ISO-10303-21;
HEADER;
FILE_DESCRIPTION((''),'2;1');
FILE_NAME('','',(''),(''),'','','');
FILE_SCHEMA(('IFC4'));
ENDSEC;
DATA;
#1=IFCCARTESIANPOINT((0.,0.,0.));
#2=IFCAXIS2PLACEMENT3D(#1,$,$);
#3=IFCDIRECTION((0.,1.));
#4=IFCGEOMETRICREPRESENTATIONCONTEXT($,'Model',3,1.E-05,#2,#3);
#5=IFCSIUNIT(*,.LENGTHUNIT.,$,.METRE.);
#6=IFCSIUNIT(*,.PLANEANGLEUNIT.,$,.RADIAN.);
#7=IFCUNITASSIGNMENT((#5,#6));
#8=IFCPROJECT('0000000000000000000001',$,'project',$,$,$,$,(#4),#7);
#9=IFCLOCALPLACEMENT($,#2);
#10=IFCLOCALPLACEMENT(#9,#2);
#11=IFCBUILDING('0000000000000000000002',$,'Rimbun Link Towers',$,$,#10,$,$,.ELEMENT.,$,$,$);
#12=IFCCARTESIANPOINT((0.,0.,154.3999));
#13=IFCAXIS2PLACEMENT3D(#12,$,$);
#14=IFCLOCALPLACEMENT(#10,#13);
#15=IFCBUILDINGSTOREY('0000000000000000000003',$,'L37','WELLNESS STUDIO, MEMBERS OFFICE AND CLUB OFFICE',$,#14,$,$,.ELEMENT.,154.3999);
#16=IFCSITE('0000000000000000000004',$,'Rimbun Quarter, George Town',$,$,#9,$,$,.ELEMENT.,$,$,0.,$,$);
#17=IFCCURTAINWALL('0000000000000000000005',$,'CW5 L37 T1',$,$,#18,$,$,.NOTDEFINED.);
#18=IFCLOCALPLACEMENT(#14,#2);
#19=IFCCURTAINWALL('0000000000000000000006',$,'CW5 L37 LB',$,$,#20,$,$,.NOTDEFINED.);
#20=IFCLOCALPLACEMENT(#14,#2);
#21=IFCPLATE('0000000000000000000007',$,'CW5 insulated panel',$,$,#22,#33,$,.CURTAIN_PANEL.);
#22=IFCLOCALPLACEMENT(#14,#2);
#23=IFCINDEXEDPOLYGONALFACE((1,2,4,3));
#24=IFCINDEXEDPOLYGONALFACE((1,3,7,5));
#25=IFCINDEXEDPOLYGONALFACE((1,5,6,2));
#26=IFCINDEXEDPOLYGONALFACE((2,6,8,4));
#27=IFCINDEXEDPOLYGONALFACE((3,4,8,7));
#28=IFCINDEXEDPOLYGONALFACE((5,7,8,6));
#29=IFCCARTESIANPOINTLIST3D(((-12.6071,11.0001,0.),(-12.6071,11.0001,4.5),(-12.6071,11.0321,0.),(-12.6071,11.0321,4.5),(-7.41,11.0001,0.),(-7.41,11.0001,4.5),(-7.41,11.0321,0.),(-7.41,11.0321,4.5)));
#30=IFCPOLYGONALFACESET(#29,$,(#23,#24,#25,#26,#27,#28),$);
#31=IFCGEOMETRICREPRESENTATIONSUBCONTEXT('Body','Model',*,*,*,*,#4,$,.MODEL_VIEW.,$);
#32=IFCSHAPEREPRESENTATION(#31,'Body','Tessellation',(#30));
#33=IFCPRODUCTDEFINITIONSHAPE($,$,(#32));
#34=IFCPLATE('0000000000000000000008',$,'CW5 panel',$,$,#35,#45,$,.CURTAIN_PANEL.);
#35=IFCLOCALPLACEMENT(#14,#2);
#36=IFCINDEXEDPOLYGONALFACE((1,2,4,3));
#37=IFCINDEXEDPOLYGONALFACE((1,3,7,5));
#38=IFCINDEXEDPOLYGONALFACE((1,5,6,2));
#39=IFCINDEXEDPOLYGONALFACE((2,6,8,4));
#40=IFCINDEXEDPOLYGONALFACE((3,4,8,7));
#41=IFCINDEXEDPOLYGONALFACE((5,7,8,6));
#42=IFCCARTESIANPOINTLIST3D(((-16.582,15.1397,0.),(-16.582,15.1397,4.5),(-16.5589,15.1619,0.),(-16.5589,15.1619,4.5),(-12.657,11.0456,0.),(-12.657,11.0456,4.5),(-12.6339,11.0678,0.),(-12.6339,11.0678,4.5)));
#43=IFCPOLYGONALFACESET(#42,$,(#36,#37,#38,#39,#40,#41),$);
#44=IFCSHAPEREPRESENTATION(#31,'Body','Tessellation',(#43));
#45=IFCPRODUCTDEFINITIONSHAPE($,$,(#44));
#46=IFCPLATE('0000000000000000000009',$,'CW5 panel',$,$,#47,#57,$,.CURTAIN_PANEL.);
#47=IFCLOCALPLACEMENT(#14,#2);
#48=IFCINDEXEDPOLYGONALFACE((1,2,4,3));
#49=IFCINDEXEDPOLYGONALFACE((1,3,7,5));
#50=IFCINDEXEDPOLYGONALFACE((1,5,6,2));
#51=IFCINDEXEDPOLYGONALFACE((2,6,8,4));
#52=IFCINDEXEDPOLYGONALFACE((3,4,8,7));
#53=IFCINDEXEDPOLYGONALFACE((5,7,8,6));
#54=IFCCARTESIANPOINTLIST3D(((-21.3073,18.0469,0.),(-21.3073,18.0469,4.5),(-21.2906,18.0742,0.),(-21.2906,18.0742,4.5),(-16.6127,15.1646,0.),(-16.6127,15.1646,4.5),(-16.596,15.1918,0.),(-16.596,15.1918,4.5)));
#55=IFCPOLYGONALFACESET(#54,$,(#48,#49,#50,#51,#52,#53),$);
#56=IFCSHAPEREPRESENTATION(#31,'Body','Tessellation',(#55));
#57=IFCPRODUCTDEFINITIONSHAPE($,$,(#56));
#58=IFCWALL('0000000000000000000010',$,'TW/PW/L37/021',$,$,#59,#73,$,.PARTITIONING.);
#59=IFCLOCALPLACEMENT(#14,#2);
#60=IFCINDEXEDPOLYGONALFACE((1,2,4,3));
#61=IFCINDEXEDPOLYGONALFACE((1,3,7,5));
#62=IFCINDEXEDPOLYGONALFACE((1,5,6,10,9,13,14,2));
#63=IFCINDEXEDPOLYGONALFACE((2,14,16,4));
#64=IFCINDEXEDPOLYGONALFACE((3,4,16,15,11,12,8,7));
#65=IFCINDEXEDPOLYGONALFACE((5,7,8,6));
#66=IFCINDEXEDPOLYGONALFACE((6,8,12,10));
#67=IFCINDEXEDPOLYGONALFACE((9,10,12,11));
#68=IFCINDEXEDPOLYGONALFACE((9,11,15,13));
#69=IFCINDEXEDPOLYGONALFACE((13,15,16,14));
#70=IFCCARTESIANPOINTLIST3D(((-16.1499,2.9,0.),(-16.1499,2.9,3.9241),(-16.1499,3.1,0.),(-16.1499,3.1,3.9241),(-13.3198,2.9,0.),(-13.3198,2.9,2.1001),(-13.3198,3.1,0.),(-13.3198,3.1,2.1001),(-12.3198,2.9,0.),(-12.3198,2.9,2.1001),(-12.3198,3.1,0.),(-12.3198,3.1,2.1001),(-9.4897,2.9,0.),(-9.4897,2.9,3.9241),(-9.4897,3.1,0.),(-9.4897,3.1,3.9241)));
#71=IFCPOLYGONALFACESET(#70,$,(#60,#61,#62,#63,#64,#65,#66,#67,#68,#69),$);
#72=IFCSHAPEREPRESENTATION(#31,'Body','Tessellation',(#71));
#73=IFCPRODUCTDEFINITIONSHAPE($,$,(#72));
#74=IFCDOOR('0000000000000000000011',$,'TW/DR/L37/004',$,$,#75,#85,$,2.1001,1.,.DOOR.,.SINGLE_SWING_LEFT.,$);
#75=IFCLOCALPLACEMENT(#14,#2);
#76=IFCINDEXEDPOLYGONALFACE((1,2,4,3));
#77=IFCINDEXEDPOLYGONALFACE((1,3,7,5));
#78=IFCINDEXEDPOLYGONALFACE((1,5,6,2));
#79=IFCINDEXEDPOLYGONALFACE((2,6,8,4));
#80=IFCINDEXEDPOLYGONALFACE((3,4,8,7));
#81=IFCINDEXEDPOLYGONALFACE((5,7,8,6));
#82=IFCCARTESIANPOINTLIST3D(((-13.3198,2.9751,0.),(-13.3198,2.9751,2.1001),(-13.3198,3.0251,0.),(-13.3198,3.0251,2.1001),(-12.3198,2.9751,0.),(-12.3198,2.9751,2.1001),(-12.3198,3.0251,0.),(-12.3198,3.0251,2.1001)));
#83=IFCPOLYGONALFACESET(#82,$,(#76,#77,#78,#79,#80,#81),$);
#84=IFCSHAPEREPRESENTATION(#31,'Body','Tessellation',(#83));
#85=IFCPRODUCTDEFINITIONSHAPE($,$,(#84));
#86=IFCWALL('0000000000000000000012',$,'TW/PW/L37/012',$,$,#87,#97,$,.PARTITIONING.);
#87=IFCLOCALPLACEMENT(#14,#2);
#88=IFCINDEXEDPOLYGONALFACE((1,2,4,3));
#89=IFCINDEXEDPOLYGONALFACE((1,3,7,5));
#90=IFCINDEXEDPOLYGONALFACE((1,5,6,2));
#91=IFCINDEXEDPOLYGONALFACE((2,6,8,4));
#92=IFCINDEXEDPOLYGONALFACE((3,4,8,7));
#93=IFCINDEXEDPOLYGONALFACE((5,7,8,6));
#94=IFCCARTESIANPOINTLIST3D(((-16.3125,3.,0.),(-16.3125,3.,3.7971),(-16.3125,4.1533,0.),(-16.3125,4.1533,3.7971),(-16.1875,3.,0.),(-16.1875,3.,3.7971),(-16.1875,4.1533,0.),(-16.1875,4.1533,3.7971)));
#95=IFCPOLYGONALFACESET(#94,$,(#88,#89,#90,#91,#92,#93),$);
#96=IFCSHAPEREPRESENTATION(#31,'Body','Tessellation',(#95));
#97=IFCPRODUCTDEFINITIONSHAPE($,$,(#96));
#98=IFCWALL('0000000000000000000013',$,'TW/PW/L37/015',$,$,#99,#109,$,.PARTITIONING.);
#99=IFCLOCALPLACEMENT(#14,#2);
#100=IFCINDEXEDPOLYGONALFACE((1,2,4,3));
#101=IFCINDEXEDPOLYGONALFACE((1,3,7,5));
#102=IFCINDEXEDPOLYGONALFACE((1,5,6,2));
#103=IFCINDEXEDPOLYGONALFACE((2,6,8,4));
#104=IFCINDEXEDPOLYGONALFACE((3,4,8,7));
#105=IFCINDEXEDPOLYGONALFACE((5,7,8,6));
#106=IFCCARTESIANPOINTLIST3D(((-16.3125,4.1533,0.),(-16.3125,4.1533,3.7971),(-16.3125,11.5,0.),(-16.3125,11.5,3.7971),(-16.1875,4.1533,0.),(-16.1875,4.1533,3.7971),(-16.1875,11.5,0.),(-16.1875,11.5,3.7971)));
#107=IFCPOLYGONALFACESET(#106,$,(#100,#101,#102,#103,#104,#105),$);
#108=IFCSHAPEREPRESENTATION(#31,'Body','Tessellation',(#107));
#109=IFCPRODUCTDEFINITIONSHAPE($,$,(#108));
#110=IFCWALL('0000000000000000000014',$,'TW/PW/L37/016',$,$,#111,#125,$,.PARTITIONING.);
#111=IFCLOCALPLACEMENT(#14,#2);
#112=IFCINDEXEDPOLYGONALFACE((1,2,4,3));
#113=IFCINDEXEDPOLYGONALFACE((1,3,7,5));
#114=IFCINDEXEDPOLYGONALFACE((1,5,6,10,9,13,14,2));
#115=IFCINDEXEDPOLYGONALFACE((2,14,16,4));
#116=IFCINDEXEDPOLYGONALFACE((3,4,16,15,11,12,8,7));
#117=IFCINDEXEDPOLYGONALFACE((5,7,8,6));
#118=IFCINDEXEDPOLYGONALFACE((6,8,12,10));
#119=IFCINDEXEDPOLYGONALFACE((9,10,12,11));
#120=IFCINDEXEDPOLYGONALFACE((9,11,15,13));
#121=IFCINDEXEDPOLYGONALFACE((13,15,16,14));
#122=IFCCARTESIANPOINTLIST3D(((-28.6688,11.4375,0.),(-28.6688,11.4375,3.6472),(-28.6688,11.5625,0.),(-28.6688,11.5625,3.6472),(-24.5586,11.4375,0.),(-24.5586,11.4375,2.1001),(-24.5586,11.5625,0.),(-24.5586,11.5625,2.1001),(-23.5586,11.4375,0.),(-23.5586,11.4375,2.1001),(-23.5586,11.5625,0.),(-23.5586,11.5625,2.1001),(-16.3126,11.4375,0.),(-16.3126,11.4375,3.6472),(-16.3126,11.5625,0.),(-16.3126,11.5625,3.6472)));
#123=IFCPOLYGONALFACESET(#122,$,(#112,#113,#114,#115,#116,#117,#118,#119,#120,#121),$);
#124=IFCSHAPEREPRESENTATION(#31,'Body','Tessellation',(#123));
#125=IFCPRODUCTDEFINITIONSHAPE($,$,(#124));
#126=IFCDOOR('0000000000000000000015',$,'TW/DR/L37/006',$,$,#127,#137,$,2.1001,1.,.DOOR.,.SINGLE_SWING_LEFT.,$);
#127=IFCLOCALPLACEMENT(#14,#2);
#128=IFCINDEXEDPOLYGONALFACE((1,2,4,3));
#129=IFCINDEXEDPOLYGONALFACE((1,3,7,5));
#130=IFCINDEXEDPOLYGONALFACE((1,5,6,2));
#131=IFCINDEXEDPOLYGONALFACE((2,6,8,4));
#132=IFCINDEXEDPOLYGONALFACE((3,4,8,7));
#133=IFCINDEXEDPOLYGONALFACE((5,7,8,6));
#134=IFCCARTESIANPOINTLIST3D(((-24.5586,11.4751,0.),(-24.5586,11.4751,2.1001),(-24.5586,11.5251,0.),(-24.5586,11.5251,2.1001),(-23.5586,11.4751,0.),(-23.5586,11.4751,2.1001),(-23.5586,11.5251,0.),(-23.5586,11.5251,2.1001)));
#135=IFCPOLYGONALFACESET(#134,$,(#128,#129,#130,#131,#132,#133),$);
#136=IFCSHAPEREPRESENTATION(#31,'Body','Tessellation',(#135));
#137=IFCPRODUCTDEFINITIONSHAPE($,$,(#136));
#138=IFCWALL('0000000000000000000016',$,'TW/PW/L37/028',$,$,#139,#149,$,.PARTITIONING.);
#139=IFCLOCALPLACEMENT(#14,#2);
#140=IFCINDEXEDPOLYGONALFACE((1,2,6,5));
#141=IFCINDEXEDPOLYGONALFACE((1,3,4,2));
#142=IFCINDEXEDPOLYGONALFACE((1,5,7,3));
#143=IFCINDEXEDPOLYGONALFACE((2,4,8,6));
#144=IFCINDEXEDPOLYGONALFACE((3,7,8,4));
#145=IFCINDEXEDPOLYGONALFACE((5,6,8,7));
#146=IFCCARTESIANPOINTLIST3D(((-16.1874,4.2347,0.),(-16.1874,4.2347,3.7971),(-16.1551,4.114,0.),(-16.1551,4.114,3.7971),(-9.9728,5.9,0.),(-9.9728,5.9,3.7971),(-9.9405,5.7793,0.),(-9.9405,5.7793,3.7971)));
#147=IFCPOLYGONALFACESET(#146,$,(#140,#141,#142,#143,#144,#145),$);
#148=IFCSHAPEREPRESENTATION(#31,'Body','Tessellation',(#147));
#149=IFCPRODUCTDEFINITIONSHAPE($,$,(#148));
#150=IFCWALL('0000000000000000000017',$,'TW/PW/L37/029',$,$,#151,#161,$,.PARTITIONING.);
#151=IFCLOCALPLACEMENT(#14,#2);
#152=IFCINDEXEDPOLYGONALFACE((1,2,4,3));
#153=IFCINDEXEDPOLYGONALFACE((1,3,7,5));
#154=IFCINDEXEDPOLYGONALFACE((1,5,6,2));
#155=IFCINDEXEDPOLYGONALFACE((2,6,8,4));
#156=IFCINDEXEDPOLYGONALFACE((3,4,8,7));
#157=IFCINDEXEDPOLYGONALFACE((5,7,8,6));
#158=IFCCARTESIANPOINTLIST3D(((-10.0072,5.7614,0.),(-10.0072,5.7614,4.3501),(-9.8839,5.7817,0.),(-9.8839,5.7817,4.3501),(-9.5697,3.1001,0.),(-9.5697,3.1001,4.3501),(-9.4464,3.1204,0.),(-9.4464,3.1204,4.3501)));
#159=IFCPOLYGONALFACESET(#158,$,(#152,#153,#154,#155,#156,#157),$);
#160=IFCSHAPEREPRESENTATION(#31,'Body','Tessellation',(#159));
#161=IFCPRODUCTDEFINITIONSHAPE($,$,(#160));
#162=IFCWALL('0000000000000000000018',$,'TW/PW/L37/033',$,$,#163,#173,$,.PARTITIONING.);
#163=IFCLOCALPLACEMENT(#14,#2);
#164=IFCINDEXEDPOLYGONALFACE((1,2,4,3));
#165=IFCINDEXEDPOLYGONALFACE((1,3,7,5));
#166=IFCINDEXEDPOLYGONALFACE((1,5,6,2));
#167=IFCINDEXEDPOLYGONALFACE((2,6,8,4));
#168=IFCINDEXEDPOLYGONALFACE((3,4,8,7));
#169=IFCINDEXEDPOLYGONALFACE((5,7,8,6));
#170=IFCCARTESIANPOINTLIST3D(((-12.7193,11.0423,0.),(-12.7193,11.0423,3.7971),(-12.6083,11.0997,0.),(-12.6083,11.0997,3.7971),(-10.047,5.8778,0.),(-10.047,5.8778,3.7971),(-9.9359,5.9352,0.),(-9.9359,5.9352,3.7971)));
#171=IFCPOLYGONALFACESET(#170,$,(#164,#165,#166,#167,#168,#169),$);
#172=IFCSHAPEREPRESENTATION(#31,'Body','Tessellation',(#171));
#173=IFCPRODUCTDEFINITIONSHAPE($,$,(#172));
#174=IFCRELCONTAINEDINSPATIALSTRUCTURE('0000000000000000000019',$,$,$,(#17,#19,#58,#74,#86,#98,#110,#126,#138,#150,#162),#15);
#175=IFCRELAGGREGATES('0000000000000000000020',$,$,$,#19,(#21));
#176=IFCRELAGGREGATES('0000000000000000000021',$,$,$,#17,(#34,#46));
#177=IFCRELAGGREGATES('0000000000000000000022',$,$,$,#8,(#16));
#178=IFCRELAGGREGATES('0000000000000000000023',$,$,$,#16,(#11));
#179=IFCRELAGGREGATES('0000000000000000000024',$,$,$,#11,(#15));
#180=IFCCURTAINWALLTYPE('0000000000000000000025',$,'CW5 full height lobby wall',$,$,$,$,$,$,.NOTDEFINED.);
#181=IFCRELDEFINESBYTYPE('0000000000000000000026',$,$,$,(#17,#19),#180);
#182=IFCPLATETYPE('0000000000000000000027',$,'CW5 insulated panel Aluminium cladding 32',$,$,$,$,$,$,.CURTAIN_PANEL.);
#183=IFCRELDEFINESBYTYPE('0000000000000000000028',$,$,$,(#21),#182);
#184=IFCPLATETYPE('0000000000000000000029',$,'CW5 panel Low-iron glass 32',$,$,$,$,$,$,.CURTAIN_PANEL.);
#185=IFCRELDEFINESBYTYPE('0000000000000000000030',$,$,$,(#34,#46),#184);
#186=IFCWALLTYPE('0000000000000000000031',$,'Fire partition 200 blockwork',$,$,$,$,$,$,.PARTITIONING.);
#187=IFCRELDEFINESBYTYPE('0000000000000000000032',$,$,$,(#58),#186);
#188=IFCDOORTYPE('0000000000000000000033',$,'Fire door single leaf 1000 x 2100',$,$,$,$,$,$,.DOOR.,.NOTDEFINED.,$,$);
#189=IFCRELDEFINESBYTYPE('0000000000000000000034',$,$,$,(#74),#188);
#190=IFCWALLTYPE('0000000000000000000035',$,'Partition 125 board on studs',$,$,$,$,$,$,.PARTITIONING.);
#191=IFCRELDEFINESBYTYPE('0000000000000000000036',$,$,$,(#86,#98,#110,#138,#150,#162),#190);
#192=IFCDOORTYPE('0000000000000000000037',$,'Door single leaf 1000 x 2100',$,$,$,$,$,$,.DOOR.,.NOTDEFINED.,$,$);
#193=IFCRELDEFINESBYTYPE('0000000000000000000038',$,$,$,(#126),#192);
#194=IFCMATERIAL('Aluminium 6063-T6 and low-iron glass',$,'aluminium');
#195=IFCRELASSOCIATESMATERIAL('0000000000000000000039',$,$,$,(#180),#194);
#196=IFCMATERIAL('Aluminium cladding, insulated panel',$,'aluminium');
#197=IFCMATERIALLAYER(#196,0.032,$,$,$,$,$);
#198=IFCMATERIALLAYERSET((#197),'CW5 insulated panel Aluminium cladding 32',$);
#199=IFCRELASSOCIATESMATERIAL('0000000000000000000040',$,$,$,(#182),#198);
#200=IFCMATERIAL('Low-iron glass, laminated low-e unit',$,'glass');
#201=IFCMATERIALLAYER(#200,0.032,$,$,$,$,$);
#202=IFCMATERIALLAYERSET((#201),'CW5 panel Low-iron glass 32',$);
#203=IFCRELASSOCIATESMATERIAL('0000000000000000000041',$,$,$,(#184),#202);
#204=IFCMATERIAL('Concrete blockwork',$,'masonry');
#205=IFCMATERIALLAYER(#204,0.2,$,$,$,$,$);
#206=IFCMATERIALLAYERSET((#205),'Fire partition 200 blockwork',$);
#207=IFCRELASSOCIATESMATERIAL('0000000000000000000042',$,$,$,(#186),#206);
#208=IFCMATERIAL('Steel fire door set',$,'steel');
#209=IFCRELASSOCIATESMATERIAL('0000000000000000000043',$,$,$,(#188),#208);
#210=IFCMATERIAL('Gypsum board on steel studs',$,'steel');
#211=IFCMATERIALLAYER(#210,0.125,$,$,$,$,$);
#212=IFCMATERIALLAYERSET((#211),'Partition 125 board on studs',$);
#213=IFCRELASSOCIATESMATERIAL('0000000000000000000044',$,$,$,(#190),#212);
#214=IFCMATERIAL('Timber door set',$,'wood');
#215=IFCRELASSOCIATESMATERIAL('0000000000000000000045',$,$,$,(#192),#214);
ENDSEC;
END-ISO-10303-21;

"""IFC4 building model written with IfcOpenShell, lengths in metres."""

from ifc_helpers import new_model, si_unit, direction, frame, frame_2d, origin, origin_2d, place, context, subcontext, project, spatial, rectangle, extrude, material, layer, layer_set, type_object, element, fill, aggregate, save


model = new_model("IFC4")

# Units and contexts
model_context = context("Model", 3, precision=1e-05, world=origin(), true_north=direction((0.0, 1.0)))
body_context = subcontext(model_context, "Body", "Model", "MODEL_VIEW")
ifc_project = project(units=[si_unit("LENGTHUNIT", "METRE"), si_unit("PLANEANGLEUNIT", "RADIAN")], contexts=[model_context])

# Site, building, storey
site_placement = place(None, origin())
site = spatial("IfcSite", under=ifc_project, at=site_placement, Name="Rimbun Quarter, George Town", CompositionType="ELEMENT", RefElevation=0.0)
building_placement = place(site_placement, origin())
building = spatial("IfcBuilding", under=site, at=building_placement, Name="Rimbun Link Towers", CompositionType="ELEMENT")
storey_placement = place(building_placement, frame((0.0, 0.0, 154.3999)))
storey = spatial("IfcBuildingStorey", under=building, at=storey_placement, Name="L37", Description="WELLNESS STUDIO, MEMBERS OFFICE AND CLUB OFFICE", CompositionType="ELEMENT", Elevation=154.3999)

# Curtain walls
ifc_material_1 = material(Name="Aluminium 6063-T6 and low-iron glass", Category="aluminium")
curtain_wall_type = type_object("IfcCurtainWallType", Name="CW5 full height lobby wall", PredefinedType="NOTDEFINED", material=ifc_material_1)
curtain_wall_1_placement = place(storey_placement, origin())
curtain_wall_1 = element("IfcCurtainWall", 1, at=curtain_wall_1_placement, inside=storey, type_object=curtain_wall_type, Name="CW5 L37 T1", PredefinedType="NOTDEFINED")
curtain_wall_2_placement = place(storey_placement, origin())
curtain_wall_2 = element("IfcCurtainWall", 2, at=curtain_wall_2_placement, inside=storey, type_object=curtain_wall_type, Name="CW5 L37 LB", PredefinedType="NOTDEFINED")

# Plates
ifc_material_2 = material(Name="Aluminium cladding, insulated panel", Category="aluminium")
ifc_layer_1 = layer(ifc_material_2, 0.032)
ifc_layer_set_1 = layer_set([ifc_layer_1], Name="CW5 insulated panel Aluminium cladding 32")
plate_type_1 = type_object("IfcPlateType", Name="CW5 insulated panel Aluminium cladding 32", PredefinedType="CURTAIN_PANEL", material=ifc_layer_set_1)
plate_1_placement = place(storey_placement, frame((-10.0085, 11.0161, 0.0), z_axis=(0.0, 0.0, 1.0), x_axis=(1.0, 0.0, 0.0)))
plate_1 = element("IfcPlate", 3, at=plate_1_placement, type_object=plate_type_1, Name="CW5 insulated panel", PredefinedType="CURTAIN_PANEL", context=body_context, shape_type="SweptSolid", body=[
    extrude(rectangle(XDim=5.197, YDim=0.032, at=origin_2d()), origin(), (0.0, 0.0, 1.0), 4.5),
])
aggregate(curtain_wall_2, [plate_1])
ifc_material_3 = material(Name="Low-iron glass, laminated low-e unit", Category="glass")
ifc_layer_2 = layer(ifc_material_3, 0.032)
ifc_layer_set_2 = layer_set([ifc_layer_2], Name="CW5 panel Low-iron glass 32")
plate_type_2 = type_object("IfcPlateType", Name="CW5 panel Low-iron glass 32", PredefinedType="CURTAIN_PANEL", material=ifc_layer_set_2)
plate_2_placement = place(storey_placement, frame((-14.6079, 13.1038, 0.0), z_axis=(0.0, 0.0, 1.0), x_axis=(0.692041, -0.721858, 0.0)))
plate_2 = element("IfcPlate", 4, at=plate_2_placement, type_object=plate_type_2, Name="CW5 panel", PredefinedType="CURTAIN_PANEL", context=body_context, shape_type="SweptSolid", body=[
    extrude(rectangle(XDim=5.6716, YDim=0.032, at=origin_2d()), origin(), (0.0, 0.0, 1.0), 4.5),
])
plate_3_placement = place(storey_placement, frame((-18.9517, 16.6194, 0.0), z_axis=(0.0, 0.0, 1.0), x_axis=(0.852194, -0.523225, 0.0)))
plate_3 = element("IfcPlate", 5, at=plate_3_placement, type_object=plate_type_2, Name="CW5 panel", PredefinedType="CURTAIN_PANEL", context=body_context, shape_type="SweptSolid", body=[
    extrude(rectangle(XDim=5.5088, YDim=0.032, at=origin_2d()), origin(), (0.0, 0.0, 1.0), 4.5),
])
aggregate(curtain_wall_1, [plate_2, plate_3])

# Wall, opening, door
ifc_material_4 = material(Name="Concrete blockwork", Category="masonry")
ifc_layer_3 = layer(ifc_material_4, 0.2)
ifc_layer_set_3 = layer_set([ifc_layer_3], Name="Fire partition 200 blockwork")
wall_type_1 = type_object("IfcWallType", Name="Fire partition 200 blockwork", PredefinedType="PARTITIONING", material=ifc_layer_set_3)
wall_1_placement = place(storey_placement, frame((-9.4897, 3.0, 0.0), z_axis=(0.0, 0.0, 1.0), x_axis=(-1.0, 0.0, 0.0)))
wall_1 = element("IfcWall", 6, at=wall_1_placement, inside=storey, type_object=wall_type_1, Name="TW/PW/L37/021", PredefinedType="PARTITIONING", context=body_context, shape_type="SweptSolid", body=[
    extrude(rectangle(XDim=6.6602, YDim=0.2, at=frame_2d((3.3301, 0.0))), origin(), (0.0, 0.0, 1.0), 3.9241),
])
opening_1_placement = place(wall_1_placement, frame((2.8301, 0.0, 0.0)))
opening_1 = element("IfcOpeningElement", 7, at=opening_1_placement, cuts=wall_1, PredefinedType="OPENING", context=body_context, shape_type="SweptSolid", body=[
    extrude(rectangle(XDim=1.0, YDim=2.1001, at=frame_2d((0.5, 1.05))), frame((0.0, 0.1099, 0.0), z_axis=(0.0, -1.0, 0.0), x_axis=(1.0, 0.0, 0.0)), (0.0, 0.0, 1.0), 0.22),
])
ifc_material_5 = material(Name="Steel fire door set", Category="steel")
door_type_1 = type_object("IfcDoorType", Name="Fire door single leaf 1000 x 2100", OperationType="NOTDEFINED", PredefinedType="DOOR", material=ifc_material_5)
door_1_placement = place(opening_1_placement, origin())
door_1 = element("IfcDoor", 8, at=door_1_placement, inside=storey, type_object=door_type_1, Name="TW/DR/L37/004", OperationType="SINGLE_SWING_LEFT", OverallHeight=2.1001, OverallWidth=1.0, PredefinedType="DOOR", context=body_context, shape_type="SweptSolid", body=[
    extrude(rectangle(XDim=1.0, YDim=2.1001, at=frame_2d((0.5, 1.05))), frame((0.0, 0.0249, 0.0), z_axis=(0.0, -1.0, 0.0), x_axis=(1.0, 0.0, 0.0)), (0.0, 0.0, 1.0), 0.05),
])
fill(opening_1, door_1)

# Walls
ifc_material_6 = material(Name="Gypsum board on steel studs", Category="steel")
ifc_layer_4 = layer(ifc_material_6, 0.125)
ifc_layer_set_4 = layer_set([ifc_layer_4], Name="Partition 125 board on studs")
wall_type_2 = type_object("IfcWallType", Name="Partition 125 board on studs", PredefinedType="PARTITIONING", material=ifc_layer_set_4)
wall_2_placement = place(storey_placement, frame((-16.25, 3.0, 0.0), z_axis=(0.0, 0.0, 1.0), x_axis=(0.0, 1.0, 0.0)))
element("IfcWall", 9, at=wall_2_placement, inside=storey, type_object=wall_type_2, Name="TW/PW/L37/012", PredefinedType="PARTITIONING", context=body_context, shape_type="SweptSolid", body=[
    extrude(rectangle(XDim=1.1533, YDim=0.125, at=frame_2d((0.5767, 0.0))), origin(), (0.0, 0.0, 1.0), 3.7971),
])
wall_3_placement = place(storey_placement, frame((-16.25, 4.1533, 0.0), z_axis=(0.0, 0.0, 1.0), x_axis=(0.0, 1.0, 0.0)))
element("IfcWall", 10, at=wall_3_placement, inside=storey, type_object=wall_type_2, Name="TW/PW/L37/015", PredefinedType="PARTITIONING", context=body_context, shape_type="SweptSolid", body=[
    extrude(rectangle(XDim=7.3467, YDim=0.125, at=frame_2d((3.6733, 0.0))), origin(), (0.0, 0.0, 1.0), 3.7971),
])

# Wall, opening, door
wall_4_placement = place(storey_placement, frame((-16.3125, 11.5, 0.0), z_axis=(0.0, 0.0, 1.0), x_axis=(-1.0, 0.0, 0.0)))
wall_4 = element("IfcWall", 11, at=wall_4_placement, inside=storey, type_object=wall_type_2, Name="TW/PW/L37/016", PredefinedType="PARTITIONING", context=body_context, shape_type="SweptSolid", body=[
    extrude(rectangle(XDim=12.3562, YDim=0.125, at=frame_2d((6.1782, 0.0))), origin(), (0.0, 0.0, 1.0), 3.6472),
])
opening_2_placement = place(wall_4_placement, frame((7.2461, 0.0, 0.0)))
opening_2 = element("IfcOpeningElement", 12, at=opening_2_placement, cuts=wall_4, PredefinedType="OPENING", context=body_context, shape_type="SweptSolid", body=[
    extrude(rectangle(XDim=1.0, YDim=2.1001, at=frame_2d((0.5, 1.05))), frame((0.0, 0.0725, 0.0), z_axis=(0.0, -1.0, 0.0), x_axis=(1.0, 0.0, 0.0)), (0.0, 0.0, 1.0), 0.145),
])
ifc_material_7 = material(Name="Timber door set", Category="wood")
door_type_2 = type_object("IfcDoorType", Name="Door single leaf 1000 x 2100", OperationType="NOTDEFINED", PredefinedType="DOOR", material=ifc_material_7)
door_2_placement = place(opening_2_placement, origin())
door_2 = element("IfcDoor", 13, at=door_2_placement, inside=storey, type_object=door_type_2, Name="TW/DR/L37/006", OperationType="SINGLE_SWING_LEFT", OverallHeight=2.1001, OverallWidth=1.0, PredefinedType="DOOR", context=body_context, shape_type="SweptSolid", body=[
    extrude(rectangle(XDim=1.0, YDim=2.1001, at=frame_2d((0.5, 1.05))), frame((0.0, 0.0249, 0.0), z_axis=(0.0, -1.0, 0.0), x_axis=(1.0, 0.0, 0.0)), (0.0, 0.0, 1.0), 0.05),
])
fill(opening_2, door_2)

# Walls
wall_5_placement = place(storey_placement, frame((-9.9568, 5.8396, 0.0), z_axis=(0.0, 0.0, 1.0), x_axis=(-0.965922, -0.258832, 0.0)))
element("IfcWall", 14, at=wall_5_placement, inside=storey, type_object=wall_type_2, Name="TW/PW/L37/028", PredefinedType="PARTITIONING", context=body_context, shape_type="SweptSolid", body=[
    extrude(rectangle(XDim=6.4338, YDim=0.125, at=frame_2d((3.2168, 0.0))), origin(), (0.0, 0.0, 1.0), 3.7971),
])
wall_6_placement = place(storey_placement, frame((-9.5081, 3.1101, 0.0), z_axis=(0.0, 0.0, 1.0), x_axis=(-0.162211, 0.986756, 0.0)))
element("IfcWall", 15, at=wall_6_placement, inside=storey, type_object=wall_type_2, Name="TW/PW/L37/029", PredefinedType="PARTITIONING", context=body_context, shape_type="SweptSolid", body=[
    extrude(rectangle(XDim=2.697, YDim=0.125, at=frame_2d((1.3486, 0.0))), origin(), (0.0, 0.0, 1.0), 4.3501),
])
wall_7_placement = place(storey_placement, frame((-9.9915, 5.9065, 0.0), z_axis=(0.0, 0.0, 1.0), x_axis=(-0.459565, 0.888144, 0.0)))
element("IfcWall", 16, at=wall_7_placement, inside=storey, type_object=wall_type_2, Name="TW/PW/L37/033", PredefinedType="PARTITIONING", context=body_context, shape_type="SweptSolid", body=[
    extrude(rectangle(XDim=5.8149, YDim=0.125, at=frame_2d((2.9075, 0.0))), origin(), (0.0, 0.0, 1.0), 3.7971),
])

save(model, "model.ifc")
